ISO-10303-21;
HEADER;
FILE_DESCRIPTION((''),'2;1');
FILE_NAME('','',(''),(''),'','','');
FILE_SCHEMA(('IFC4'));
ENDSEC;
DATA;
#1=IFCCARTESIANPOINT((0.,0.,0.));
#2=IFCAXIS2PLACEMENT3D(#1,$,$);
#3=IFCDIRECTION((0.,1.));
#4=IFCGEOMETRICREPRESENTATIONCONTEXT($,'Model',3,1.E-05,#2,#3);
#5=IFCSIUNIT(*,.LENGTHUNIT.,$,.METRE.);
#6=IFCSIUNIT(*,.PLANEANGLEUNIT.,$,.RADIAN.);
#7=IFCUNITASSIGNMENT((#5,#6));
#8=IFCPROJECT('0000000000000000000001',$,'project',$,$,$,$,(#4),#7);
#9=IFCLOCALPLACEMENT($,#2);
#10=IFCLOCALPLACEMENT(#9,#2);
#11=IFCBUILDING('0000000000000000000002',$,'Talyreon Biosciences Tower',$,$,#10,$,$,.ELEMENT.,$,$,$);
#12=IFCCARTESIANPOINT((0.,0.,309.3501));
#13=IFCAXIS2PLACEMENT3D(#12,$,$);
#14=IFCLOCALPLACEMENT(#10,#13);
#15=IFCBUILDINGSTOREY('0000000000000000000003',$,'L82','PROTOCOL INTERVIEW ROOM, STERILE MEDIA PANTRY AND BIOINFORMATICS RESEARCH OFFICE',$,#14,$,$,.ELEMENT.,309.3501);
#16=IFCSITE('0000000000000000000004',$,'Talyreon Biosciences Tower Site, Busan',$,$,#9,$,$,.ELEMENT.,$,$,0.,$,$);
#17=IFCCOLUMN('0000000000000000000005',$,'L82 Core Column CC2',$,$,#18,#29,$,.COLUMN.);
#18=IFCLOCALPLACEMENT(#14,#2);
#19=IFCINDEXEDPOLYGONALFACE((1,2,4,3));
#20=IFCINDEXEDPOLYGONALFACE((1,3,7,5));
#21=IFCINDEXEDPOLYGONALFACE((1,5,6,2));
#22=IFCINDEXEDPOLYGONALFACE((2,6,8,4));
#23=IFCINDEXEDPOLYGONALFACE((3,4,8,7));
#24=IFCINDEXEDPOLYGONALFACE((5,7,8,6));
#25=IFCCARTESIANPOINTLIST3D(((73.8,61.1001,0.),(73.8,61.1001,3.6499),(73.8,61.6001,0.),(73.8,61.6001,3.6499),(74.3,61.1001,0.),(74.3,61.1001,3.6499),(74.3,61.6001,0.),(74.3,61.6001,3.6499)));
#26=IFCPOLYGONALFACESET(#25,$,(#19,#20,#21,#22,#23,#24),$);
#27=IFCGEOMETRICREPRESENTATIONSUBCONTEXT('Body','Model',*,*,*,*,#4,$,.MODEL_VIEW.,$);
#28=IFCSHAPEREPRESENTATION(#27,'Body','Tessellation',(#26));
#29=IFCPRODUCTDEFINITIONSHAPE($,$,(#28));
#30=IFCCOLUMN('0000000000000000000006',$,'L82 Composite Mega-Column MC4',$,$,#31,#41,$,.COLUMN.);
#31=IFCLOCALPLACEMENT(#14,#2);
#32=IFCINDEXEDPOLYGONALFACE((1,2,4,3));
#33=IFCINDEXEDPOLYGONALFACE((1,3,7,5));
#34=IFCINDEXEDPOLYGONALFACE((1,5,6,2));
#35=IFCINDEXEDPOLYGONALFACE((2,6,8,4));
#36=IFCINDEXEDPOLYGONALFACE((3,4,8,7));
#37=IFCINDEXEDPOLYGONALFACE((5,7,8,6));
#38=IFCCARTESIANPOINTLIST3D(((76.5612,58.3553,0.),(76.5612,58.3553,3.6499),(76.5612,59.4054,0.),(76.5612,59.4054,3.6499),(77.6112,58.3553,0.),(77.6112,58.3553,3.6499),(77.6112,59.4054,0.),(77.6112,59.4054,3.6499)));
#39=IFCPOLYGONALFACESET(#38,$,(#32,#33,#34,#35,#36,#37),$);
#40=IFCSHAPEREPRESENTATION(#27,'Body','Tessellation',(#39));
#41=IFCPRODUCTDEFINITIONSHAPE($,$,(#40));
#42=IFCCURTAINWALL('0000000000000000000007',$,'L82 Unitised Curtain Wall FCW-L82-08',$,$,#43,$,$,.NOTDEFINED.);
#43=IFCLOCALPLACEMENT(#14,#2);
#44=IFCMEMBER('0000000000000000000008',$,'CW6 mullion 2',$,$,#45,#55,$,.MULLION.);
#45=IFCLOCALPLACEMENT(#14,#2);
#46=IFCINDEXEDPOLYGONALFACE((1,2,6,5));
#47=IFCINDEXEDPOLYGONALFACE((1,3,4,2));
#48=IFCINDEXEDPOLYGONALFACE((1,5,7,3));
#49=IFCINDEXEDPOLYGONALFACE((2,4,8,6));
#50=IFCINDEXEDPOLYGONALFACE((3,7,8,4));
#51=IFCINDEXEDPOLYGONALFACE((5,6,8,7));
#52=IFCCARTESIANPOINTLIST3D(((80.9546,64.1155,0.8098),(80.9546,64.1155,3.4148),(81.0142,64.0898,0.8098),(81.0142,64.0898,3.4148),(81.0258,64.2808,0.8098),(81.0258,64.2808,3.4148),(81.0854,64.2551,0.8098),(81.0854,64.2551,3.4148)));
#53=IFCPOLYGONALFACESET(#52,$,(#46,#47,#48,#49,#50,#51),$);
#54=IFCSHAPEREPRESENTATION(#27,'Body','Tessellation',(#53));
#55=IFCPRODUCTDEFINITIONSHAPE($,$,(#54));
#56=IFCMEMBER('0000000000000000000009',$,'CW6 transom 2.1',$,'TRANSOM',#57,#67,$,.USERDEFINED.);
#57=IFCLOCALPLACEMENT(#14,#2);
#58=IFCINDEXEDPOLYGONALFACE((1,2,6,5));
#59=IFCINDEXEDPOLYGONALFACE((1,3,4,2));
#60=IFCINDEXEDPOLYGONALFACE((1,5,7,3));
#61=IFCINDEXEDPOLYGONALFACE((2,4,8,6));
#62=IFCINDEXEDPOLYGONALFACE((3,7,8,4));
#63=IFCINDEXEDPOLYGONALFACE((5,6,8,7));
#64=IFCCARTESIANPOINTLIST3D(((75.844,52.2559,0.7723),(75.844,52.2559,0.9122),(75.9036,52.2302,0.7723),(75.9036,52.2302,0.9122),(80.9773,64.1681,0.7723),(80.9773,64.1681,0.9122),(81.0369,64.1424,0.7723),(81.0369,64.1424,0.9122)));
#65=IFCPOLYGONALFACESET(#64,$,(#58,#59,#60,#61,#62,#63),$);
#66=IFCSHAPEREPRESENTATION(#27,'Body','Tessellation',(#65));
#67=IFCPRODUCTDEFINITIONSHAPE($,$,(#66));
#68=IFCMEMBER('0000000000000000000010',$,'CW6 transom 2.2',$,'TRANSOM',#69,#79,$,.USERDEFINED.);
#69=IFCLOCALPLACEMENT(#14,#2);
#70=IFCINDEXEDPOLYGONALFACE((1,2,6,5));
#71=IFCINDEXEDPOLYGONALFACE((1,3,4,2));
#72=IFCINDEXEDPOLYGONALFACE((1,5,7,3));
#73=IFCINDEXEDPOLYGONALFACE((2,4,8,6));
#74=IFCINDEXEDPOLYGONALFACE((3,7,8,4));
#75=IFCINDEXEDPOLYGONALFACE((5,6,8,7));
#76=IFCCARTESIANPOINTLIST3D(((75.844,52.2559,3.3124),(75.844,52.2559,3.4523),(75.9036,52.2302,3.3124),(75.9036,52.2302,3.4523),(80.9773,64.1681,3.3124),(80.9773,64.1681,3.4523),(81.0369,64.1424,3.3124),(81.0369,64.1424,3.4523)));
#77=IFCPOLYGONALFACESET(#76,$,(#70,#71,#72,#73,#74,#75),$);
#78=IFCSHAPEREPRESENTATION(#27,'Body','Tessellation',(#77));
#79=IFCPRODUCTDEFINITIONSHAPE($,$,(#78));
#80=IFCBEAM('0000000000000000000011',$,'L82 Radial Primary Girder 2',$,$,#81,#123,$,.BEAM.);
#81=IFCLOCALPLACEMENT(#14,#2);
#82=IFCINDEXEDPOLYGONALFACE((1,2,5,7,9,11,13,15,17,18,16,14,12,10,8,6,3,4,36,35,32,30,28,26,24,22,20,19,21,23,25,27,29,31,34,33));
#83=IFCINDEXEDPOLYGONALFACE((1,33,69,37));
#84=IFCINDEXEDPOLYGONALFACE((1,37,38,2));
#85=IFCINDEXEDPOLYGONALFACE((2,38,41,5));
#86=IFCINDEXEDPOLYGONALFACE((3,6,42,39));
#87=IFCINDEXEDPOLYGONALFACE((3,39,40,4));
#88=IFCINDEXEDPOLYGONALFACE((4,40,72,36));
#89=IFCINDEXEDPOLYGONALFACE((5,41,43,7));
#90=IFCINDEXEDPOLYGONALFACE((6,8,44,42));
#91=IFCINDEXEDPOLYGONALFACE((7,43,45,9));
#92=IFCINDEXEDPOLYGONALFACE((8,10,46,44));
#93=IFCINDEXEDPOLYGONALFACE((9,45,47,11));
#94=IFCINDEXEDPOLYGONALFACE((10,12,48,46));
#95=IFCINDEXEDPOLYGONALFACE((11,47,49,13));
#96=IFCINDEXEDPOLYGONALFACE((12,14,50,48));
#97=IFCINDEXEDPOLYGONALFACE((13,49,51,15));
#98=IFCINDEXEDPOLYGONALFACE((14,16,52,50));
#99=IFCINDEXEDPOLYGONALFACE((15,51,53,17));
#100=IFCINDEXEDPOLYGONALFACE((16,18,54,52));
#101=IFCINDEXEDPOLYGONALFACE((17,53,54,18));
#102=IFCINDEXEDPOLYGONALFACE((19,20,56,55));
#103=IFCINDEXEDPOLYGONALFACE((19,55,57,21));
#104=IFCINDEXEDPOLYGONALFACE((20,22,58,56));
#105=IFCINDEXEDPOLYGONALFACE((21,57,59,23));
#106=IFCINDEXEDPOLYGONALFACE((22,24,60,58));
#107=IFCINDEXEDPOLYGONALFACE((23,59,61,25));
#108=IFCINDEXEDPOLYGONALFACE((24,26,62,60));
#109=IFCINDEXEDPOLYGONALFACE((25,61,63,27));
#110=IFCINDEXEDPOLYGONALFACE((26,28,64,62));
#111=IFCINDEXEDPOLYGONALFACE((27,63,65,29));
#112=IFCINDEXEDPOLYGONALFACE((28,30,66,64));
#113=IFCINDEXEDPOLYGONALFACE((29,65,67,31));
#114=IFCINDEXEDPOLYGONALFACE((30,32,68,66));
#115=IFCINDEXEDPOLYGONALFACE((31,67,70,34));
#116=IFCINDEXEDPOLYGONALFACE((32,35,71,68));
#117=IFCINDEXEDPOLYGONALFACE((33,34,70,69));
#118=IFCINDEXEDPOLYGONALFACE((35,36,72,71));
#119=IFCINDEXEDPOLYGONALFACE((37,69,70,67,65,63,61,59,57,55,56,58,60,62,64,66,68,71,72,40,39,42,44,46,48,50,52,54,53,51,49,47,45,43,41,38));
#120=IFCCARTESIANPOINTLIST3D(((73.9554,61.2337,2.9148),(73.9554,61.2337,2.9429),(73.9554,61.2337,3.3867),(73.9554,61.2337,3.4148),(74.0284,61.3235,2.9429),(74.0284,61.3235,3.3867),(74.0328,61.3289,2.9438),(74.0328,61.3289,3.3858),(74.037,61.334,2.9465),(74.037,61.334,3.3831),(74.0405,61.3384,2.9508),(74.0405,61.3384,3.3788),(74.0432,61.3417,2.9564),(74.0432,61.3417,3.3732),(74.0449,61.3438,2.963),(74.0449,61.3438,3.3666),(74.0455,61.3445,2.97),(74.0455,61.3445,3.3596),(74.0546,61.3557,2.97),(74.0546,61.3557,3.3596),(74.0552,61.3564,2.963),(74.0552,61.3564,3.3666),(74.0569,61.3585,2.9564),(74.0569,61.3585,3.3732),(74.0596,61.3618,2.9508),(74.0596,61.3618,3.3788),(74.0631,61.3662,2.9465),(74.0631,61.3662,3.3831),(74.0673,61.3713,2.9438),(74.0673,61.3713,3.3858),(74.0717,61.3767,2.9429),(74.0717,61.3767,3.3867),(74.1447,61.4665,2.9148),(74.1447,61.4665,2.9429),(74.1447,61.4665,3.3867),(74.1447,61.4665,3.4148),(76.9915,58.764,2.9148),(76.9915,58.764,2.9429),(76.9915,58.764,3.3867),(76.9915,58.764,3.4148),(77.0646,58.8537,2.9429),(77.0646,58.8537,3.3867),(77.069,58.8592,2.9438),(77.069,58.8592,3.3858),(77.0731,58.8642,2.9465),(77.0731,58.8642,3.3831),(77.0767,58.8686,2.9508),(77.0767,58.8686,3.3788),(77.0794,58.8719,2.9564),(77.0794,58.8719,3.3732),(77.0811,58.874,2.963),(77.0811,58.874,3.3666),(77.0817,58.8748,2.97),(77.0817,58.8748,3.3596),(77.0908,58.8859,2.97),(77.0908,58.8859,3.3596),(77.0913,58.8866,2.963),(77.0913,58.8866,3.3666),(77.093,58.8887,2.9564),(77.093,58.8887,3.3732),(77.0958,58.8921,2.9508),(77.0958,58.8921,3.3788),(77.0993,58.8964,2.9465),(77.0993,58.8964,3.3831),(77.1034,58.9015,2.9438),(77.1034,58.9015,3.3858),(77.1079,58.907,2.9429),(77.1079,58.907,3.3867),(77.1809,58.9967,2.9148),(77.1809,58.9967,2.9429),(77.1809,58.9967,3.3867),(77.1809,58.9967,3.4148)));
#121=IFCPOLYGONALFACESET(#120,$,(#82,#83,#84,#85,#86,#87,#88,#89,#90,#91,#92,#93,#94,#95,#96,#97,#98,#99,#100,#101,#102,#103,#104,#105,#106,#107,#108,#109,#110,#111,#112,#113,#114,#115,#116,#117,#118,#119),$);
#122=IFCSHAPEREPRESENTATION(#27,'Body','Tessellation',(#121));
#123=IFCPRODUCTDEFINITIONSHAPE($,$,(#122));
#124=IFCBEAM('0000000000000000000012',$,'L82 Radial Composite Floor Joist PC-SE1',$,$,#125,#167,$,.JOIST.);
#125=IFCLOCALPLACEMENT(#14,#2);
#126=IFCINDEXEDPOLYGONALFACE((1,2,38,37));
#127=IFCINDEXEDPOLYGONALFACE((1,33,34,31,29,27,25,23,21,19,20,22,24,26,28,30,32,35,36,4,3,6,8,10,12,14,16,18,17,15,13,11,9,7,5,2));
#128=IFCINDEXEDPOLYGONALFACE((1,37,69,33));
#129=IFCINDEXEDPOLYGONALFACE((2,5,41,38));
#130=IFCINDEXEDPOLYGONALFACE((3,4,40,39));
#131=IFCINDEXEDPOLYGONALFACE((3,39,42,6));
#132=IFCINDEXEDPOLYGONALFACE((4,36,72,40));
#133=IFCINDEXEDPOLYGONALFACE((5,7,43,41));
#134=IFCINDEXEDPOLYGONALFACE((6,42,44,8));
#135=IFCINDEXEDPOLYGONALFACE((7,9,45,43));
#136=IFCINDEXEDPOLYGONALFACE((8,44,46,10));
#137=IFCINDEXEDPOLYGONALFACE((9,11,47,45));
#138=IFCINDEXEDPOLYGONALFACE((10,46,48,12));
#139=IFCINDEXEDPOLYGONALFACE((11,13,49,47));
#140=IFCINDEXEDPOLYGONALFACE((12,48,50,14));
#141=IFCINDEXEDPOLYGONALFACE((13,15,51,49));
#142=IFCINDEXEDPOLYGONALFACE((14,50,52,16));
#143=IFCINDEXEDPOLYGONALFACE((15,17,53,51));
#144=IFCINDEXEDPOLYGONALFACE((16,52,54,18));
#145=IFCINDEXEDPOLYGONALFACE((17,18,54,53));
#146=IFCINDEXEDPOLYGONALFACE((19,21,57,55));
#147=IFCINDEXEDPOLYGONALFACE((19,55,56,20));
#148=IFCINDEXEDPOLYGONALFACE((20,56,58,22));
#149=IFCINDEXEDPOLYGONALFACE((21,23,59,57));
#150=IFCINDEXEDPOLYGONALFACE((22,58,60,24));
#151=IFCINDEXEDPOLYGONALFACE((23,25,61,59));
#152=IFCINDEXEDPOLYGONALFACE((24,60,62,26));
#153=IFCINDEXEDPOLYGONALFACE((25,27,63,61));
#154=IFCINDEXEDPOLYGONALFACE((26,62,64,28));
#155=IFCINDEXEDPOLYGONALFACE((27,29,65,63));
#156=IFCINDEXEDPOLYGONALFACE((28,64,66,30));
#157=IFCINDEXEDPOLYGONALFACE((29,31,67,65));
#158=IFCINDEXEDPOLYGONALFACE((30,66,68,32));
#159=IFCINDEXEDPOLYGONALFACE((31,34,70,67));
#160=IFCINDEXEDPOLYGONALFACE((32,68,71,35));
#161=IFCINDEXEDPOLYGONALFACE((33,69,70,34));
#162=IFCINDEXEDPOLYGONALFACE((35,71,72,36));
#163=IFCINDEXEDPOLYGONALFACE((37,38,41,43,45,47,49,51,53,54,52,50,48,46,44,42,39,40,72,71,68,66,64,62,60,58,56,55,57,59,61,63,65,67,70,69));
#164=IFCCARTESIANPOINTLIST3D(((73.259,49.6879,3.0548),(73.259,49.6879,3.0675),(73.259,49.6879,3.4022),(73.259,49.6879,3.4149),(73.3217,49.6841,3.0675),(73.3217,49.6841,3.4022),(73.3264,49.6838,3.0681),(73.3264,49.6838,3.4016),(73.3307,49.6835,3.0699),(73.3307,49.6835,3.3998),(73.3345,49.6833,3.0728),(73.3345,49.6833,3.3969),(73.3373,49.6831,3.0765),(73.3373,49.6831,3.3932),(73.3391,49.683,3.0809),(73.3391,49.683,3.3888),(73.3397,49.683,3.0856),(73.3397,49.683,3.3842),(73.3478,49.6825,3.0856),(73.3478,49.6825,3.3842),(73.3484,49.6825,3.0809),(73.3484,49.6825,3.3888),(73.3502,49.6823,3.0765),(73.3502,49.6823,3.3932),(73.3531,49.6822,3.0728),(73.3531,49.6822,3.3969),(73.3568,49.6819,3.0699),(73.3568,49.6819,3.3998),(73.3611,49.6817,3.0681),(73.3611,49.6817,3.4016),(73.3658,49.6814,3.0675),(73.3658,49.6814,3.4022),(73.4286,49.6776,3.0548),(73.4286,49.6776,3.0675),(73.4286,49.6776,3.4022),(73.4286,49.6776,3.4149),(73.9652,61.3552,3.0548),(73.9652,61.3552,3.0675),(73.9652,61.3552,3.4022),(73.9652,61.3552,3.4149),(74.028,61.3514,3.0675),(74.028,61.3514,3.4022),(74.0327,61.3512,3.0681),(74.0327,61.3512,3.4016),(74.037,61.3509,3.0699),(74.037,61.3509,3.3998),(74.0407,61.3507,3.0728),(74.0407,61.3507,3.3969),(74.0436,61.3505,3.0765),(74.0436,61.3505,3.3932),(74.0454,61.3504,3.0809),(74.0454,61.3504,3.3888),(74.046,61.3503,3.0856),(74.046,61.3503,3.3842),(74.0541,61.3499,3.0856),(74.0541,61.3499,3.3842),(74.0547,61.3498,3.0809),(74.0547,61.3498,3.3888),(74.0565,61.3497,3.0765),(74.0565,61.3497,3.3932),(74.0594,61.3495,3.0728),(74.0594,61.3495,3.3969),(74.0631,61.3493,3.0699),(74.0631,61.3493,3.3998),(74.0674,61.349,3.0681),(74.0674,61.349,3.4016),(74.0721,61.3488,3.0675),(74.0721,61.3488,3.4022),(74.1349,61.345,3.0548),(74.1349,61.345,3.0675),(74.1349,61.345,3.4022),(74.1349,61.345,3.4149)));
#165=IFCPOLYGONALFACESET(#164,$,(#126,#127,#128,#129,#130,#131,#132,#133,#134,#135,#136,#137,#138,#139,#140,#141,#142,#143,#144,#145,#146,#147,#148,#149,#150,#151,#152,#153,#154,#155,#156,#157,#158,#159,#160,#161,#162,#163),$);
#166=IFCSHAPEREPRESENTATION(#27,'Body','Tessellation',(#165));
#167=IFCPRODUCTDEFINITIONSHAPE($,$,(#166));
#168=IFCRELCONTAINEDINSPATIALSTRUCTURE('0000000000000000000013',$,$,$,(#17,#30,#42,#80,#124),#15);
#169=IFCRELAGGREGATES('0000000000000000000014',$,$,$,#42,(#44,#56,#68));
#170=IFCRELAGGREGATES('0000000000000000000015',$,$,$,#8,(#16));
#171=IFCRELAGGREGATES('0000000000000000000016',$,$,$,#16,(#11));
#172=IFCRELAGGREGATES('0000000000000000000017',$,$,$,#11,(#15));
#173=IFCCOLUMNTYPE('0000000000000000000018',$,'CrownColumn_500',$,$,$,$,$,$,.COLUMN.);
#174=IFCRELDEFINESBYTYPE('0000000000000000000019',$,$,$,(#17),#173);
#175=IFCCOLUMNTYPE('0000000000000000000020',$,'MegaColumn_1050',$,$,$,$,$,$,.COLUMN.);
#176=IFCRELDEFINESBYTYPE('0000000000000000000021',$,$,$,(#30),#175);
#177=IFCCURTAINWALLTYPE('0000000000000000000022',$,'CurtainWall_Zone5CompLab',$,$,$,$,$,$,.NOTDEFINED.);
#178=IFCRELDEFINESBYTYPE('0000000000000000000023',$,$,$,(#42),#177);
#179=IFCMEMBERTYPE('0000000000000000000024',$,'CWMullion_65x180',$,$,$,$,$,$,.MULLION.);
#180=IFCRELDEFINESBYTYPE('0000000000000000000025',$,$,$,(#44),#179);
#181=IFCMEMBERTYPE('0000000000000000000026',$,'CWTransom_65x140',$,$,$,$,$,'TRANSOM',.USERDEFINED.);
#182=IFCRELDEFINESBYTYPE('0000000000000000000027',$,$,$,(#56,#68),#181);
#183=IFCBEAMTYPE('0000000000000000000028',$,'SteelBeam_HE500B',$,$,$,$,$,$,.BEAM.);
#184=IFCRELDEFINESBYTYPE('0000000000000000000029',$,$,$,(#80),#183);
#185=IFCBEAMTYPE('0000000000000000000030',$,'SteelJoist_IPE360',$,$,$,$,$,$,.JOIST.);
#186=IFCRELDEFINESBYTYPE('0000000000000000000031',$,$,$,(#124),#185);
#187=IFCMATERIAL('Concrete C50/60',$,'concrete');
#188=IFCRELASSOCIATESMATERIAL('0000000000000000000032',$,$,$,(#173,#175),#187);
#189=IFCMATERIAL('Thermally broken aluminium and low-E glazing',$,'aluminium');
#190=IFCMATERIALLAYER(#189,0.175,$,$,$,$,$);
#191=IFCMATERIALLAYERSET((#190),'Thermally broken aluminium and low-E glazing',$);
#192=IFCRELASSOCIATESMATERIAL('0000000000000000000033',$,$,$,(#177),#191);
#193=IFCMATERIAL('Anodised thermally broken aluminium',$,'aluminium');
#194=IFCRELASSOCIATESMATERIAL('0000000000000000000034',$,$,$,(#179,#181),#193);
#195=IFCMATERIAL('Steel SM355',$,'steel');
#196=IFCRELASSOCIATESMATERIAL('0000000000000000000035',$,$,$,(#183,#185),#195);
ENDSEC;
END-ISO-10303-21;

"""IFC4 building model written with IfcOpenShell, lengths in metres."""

from ifc_helpers import new_model, si_unit, direction, frame, origin, origin_2d, place, context, subcontext, project, spatial, rectangle, i_section, extrude, material, layer, layer_set, material_profile, profile_set, type_object, element, aggregate, save


model = new_model("IFC4")

# Units and contexts
model_context = context("Model", 3, precision=1e-05, world=origin(), true_north=direction((0.0, 1.0)))
body_context = subcontext(model_context, "Body", "Model", "MODEL_VIEW")
ifc_project = project(units=[si_unit("LENGTHUNIT", "METRE"), si_unit("PLANEANGLEUNIT", "RADIAN")], contexts=[model_context])

# Site, building, storey
site_placement = place(None, origin())
site = spatial("IfcSite", under=ifc_project, at=site_placement, Name="Talyreon Biosciences Tower Site, Busan", CompositionType="ELEMENT", RefElevation=0.0)
building_placement = place(site_placement, origin())
building = spatial("IfcBuilding", under=site, at=building_placement, Name="Talyreon Biosciences Tower", CompositionType="ELEMENT")
storey_placement = place(building_placement, frame((0.0, 0.0, 309.3501)))
storey = spatial("IfcBuildingStorey", under=building, at=storey_placement, Name="L82", Description="PROTOCOL INTERVIEW ROOM, STERILE MEDIA PANTRY AND BIOINFORMATICS RESEARCH OFFICE", CompositionType="ELEMENT", Elevation=309.3501)

# Columns
ifc_material_1 = material(Name="Concrete C50/60", Category="concrete")
ifc_material_profile_1 = material_profile(ifc_material_1, rectangle(XDim=0.5, YDim=0.5, at=origin_2d()), Name="RC 500x500")
ifc_profile_set_1 = profile_set([ifc_material_profile_1], Name="Concrete C50/60")
column_type_1 = type_object("IfcColumnType", Name="CrownColumn_500", PredefinedType="COLUMN", material=ifc_profile_set_1)
column_1_placement = place(storey_placement, frame((74.05, 61.3501, 0.0), z_axis=(0.0, 0.0, 1.0), x_axis=(1.0, 0.0, 0.0)))
element("IfcColumn", 1, at=column_1_placement, inside=storey, type_object=column_type_1, Name="L82 Core Column CC2", PredefinedType="COLUMN", context=body_context, shape_type="SweptSolid", body=[
    extrude(rectangle(XDim=0.5, YDim=0.5, at=origin_2d()), origin(), (0.0, 0.0, 1.0), 3.6499),
])
ifc_material_profile_2 = material_profile(ifc_material_1, rectangle(XDim=1.05, YDim=1.05, at=origin_2d()), Name="RC 1050x1050")
ifc_profile_set_2 = profile_set([ifc_material_profile_2], Name="Concrete C50/60")
column_type_2 = type_object("IfcColumnType", Name="MegaColumn_1050", PredefinedType="COLUMN", material=ifc_profile_set_2)
column_2_placement = place(storey_placement, frame((77.0862, 58.8804, 0.0), z_axis=(0.0, 0.0, 1.0), x_axis=(1.0, 0.0, 0.0)))
element("IfcColumn", 2, at=column_2_placement, inside=storey, type_object=column_type_2, Name="L82 Composite Mega-Column MC4", PredefinedType="COLUMN", context=body_context, shape_type="SweptSolid", body=[
    extrude(rectangle(XDim=1.05, YDim=1.05, at=origin_2d()), origin(), (0.0, 0.0, 1.0), 3.6499),
])

# Curtain wall, members
ifc_material_2 = material(Name="Thermally broken aluminium and low-E glazing", Category="aluminium")
ifc_layer_1 = layer(ifc_material_2, 0.175)
ifc_layer_set_1 = layer_set([ifc_layer_1], Name="Thermally broken aluminium and low-E glazing")
curtain_wall_type = type_object("IfcCurtainWallType", Name="CurtainWall_Zone5CompLab", PredefinedType="NOTDEFINED", material=ifc_layer_set_1)
curtain_wall_placement = place(storey_placement, origin())
curtain_wall = element("IfcCurtainWall", 3, at=curtain_wall_placement, inside=storey, type_object=curtain_wall_type, Name="L82 Unitised Curtain Wall FCW-L82-08", PredefinedType="NOTDEFINED")
ifc_material_3 = material(Name="Anodised thermally broken aluminium", Category="aluminium")
ifc_material_profile_3 = material_profile(ifc_material_3, rectangle(XDim=0.0649, YDim=0.1799, at=origin_2d()), Name="ALUM MULLION 65x180")
ifc_profile_set_3 = profile_set([ifc_material_profile_3], Name="Anodised thermally broken aluminium")
member_type_1 = type_object("IfcMemberType", Name="CWMullion_65x180", PredefinedType="MULLION", material=ifc_profile_set_3)
member_1_placement = place(storey_placement, frame((81.02, 64.1853, 0.8098), z_axis=(0.0, 0.0, 1.0), x_axis=(0.918363, -0.395738, 0.0)))
member_1 = element("IfcMember", 4, at=member_1_placement, type_object=member_type_1, Name="CW6 mullion 2", PredefinedType="MULLION", context=body_context, shape_type="SweptSolid", body=[
    extrude(rectangle(XDim=0.0649, YDim=0.1799, at=origin_2d()), origin(), (0.0, 0.0, 1.0), 2.605),
])
ifc_material_profile_4 = material_profile(ifc_material_3, rectangle(XDim=0.0649, YDim=0.1399, at=origin_2d()), Name="ALUM TRANSOM 65x140")
ifc_profile_set_4 = profile_set([ifc_material_profile_4], Name="Anodised thermally broken aluminium")
member_type_2 = type_object("IfcMemberType", Name="CWTransom_65x140", ElementType="TRANSOM", PredefinedType="USERDEFINED", material=ifc_profile_set_4)
member_2_placement = place(storey_placement, frame((81.0071, 64.1553, 0.8423), z_axis=(-0.395743, -0.918361, 0.0), x_axis=(0.918361, -0.395743, 0.0)))
member_2 = element("IfcMember", 5, at=member_2_placement, type_object=member_type_2, Name="CW6 transom 2.1", ObjectType="TRANSOM", PredefinedType="USERDEFINED", context=body_context, shape_type="SweptSolid", body=[
    extrude(rectangle(XDim=0.0649, YDim=0.1399, at=origin_2d()), origin(), (0.0, 0.0, 1.0), 12.9712),
])
member_3_placement = place(storey_placement, frame((81.0071, 64.1553, 3.3823), z_axis=(-0.395743, -0.918361, 0.0), x_axis=(0.918361, -0.395743, 0.0)))
member_3 = element("IfcMember", 6, at=member_3_placement, type_object=member_type_2, Name="CW6 transom 2.2", ObjectType="TRANSOM", PredefinedType="USERDEFINED", context=body_context, shape_type="SweptSolid", body=[
    extrude(rectangle(XDim=0.0649, YDim=0.1399, at=origin_2d()), origin(), (0.0, 0.0, 1.0), 12.9712),
])
aggregate(curtain_wall, [member_1, member_2, member_3])

# Beams
ifc_material_4 = material(Name="Steel SM355", Category="steel")
ifc_material_profile_5 = material_profile(ifc_material_4, i_section(OverallWidth=0.3, OverallDepth=0.5, WebThickness=0.0144, FlangeThickness=0.0281, FilletRadius=0.0271, at=origin_2d()), Name="HE500B")
ifc_profile_set_5 = profile_set([ifc_material_profile_5], Name="Steel SM355")
beam_type_1 = type_object("IfcBeamType", Name="SteelBeam_HE500B", PredefinedType="BEAM", material=ifc_profile_set_5)
beam_1_placement = place(storey_placement, frame((74.05, 61.3501, 3.1648), z_axis=(0.775755, -0.631034, 0.0), x_axis=(0.631034, 0.775755, 0.0)))
element("IfcBeam", 7, at=beam_1_placement, inside=storey, type_object=beam_type_1, Name="L82 Radial Primary Girder 2", PredefinedType="BEAM", context=body_context, shape_type="SweptSolid", body=[
    extrude(i_section(OverallWidth=0.3, OverallDepth=0.5, WebThickness=0.0144, FlangeThickness=0.0281, FilletRadius=0.0271, at=origin_2d()), origin(), (0.0, 0.0, 1.0), 3.9138),
])
ifc_material_profile_6 = material_profile(ifc_material_4, i_section(OverallWidth=0.1699, OverallDepth=0.3601, WebThickness=0.0081, FlangeThickness=0.0127, FilletRadius=0.0181, at=origin_2d()), Name="IPE360")
ifc_profile_set_6 = profile_set([ifc_material_profile_6], Name="Steel SM355")
beam_type_2 = type_object("IfcBeamType", Name="SteelJoist_IPE360", PredefinedType="JOIST", material=ifc_profile_set_6)
beam_2_placement = place(storey_placement, frame((74.05, 61.3501, 3.2349), z_axis=(-0.060425, -0.998173, 0.0), x_axis=(0.998173, -0.060425, 0.0)))
element("IfcBeam", 8, at=beam_2_placement, inside=storey, type_object=beam_type_2, Name="L82 Radial Composite Floor Joist PC-SE1", PredefinedType="JOIST", context=body_context, shape_type="SweptSolid", body=[
    extrude(i_section(OverallWidth=0.1699, OverallDepth=0.3601, WebThickness=0.0081, FlangeThickness=0.0127, FilletRadius=0.0181, at=origin_2d()), origin(), (0.0, 0.0, 1.0), 11.6887),
])

save(model, "model.ifc")
